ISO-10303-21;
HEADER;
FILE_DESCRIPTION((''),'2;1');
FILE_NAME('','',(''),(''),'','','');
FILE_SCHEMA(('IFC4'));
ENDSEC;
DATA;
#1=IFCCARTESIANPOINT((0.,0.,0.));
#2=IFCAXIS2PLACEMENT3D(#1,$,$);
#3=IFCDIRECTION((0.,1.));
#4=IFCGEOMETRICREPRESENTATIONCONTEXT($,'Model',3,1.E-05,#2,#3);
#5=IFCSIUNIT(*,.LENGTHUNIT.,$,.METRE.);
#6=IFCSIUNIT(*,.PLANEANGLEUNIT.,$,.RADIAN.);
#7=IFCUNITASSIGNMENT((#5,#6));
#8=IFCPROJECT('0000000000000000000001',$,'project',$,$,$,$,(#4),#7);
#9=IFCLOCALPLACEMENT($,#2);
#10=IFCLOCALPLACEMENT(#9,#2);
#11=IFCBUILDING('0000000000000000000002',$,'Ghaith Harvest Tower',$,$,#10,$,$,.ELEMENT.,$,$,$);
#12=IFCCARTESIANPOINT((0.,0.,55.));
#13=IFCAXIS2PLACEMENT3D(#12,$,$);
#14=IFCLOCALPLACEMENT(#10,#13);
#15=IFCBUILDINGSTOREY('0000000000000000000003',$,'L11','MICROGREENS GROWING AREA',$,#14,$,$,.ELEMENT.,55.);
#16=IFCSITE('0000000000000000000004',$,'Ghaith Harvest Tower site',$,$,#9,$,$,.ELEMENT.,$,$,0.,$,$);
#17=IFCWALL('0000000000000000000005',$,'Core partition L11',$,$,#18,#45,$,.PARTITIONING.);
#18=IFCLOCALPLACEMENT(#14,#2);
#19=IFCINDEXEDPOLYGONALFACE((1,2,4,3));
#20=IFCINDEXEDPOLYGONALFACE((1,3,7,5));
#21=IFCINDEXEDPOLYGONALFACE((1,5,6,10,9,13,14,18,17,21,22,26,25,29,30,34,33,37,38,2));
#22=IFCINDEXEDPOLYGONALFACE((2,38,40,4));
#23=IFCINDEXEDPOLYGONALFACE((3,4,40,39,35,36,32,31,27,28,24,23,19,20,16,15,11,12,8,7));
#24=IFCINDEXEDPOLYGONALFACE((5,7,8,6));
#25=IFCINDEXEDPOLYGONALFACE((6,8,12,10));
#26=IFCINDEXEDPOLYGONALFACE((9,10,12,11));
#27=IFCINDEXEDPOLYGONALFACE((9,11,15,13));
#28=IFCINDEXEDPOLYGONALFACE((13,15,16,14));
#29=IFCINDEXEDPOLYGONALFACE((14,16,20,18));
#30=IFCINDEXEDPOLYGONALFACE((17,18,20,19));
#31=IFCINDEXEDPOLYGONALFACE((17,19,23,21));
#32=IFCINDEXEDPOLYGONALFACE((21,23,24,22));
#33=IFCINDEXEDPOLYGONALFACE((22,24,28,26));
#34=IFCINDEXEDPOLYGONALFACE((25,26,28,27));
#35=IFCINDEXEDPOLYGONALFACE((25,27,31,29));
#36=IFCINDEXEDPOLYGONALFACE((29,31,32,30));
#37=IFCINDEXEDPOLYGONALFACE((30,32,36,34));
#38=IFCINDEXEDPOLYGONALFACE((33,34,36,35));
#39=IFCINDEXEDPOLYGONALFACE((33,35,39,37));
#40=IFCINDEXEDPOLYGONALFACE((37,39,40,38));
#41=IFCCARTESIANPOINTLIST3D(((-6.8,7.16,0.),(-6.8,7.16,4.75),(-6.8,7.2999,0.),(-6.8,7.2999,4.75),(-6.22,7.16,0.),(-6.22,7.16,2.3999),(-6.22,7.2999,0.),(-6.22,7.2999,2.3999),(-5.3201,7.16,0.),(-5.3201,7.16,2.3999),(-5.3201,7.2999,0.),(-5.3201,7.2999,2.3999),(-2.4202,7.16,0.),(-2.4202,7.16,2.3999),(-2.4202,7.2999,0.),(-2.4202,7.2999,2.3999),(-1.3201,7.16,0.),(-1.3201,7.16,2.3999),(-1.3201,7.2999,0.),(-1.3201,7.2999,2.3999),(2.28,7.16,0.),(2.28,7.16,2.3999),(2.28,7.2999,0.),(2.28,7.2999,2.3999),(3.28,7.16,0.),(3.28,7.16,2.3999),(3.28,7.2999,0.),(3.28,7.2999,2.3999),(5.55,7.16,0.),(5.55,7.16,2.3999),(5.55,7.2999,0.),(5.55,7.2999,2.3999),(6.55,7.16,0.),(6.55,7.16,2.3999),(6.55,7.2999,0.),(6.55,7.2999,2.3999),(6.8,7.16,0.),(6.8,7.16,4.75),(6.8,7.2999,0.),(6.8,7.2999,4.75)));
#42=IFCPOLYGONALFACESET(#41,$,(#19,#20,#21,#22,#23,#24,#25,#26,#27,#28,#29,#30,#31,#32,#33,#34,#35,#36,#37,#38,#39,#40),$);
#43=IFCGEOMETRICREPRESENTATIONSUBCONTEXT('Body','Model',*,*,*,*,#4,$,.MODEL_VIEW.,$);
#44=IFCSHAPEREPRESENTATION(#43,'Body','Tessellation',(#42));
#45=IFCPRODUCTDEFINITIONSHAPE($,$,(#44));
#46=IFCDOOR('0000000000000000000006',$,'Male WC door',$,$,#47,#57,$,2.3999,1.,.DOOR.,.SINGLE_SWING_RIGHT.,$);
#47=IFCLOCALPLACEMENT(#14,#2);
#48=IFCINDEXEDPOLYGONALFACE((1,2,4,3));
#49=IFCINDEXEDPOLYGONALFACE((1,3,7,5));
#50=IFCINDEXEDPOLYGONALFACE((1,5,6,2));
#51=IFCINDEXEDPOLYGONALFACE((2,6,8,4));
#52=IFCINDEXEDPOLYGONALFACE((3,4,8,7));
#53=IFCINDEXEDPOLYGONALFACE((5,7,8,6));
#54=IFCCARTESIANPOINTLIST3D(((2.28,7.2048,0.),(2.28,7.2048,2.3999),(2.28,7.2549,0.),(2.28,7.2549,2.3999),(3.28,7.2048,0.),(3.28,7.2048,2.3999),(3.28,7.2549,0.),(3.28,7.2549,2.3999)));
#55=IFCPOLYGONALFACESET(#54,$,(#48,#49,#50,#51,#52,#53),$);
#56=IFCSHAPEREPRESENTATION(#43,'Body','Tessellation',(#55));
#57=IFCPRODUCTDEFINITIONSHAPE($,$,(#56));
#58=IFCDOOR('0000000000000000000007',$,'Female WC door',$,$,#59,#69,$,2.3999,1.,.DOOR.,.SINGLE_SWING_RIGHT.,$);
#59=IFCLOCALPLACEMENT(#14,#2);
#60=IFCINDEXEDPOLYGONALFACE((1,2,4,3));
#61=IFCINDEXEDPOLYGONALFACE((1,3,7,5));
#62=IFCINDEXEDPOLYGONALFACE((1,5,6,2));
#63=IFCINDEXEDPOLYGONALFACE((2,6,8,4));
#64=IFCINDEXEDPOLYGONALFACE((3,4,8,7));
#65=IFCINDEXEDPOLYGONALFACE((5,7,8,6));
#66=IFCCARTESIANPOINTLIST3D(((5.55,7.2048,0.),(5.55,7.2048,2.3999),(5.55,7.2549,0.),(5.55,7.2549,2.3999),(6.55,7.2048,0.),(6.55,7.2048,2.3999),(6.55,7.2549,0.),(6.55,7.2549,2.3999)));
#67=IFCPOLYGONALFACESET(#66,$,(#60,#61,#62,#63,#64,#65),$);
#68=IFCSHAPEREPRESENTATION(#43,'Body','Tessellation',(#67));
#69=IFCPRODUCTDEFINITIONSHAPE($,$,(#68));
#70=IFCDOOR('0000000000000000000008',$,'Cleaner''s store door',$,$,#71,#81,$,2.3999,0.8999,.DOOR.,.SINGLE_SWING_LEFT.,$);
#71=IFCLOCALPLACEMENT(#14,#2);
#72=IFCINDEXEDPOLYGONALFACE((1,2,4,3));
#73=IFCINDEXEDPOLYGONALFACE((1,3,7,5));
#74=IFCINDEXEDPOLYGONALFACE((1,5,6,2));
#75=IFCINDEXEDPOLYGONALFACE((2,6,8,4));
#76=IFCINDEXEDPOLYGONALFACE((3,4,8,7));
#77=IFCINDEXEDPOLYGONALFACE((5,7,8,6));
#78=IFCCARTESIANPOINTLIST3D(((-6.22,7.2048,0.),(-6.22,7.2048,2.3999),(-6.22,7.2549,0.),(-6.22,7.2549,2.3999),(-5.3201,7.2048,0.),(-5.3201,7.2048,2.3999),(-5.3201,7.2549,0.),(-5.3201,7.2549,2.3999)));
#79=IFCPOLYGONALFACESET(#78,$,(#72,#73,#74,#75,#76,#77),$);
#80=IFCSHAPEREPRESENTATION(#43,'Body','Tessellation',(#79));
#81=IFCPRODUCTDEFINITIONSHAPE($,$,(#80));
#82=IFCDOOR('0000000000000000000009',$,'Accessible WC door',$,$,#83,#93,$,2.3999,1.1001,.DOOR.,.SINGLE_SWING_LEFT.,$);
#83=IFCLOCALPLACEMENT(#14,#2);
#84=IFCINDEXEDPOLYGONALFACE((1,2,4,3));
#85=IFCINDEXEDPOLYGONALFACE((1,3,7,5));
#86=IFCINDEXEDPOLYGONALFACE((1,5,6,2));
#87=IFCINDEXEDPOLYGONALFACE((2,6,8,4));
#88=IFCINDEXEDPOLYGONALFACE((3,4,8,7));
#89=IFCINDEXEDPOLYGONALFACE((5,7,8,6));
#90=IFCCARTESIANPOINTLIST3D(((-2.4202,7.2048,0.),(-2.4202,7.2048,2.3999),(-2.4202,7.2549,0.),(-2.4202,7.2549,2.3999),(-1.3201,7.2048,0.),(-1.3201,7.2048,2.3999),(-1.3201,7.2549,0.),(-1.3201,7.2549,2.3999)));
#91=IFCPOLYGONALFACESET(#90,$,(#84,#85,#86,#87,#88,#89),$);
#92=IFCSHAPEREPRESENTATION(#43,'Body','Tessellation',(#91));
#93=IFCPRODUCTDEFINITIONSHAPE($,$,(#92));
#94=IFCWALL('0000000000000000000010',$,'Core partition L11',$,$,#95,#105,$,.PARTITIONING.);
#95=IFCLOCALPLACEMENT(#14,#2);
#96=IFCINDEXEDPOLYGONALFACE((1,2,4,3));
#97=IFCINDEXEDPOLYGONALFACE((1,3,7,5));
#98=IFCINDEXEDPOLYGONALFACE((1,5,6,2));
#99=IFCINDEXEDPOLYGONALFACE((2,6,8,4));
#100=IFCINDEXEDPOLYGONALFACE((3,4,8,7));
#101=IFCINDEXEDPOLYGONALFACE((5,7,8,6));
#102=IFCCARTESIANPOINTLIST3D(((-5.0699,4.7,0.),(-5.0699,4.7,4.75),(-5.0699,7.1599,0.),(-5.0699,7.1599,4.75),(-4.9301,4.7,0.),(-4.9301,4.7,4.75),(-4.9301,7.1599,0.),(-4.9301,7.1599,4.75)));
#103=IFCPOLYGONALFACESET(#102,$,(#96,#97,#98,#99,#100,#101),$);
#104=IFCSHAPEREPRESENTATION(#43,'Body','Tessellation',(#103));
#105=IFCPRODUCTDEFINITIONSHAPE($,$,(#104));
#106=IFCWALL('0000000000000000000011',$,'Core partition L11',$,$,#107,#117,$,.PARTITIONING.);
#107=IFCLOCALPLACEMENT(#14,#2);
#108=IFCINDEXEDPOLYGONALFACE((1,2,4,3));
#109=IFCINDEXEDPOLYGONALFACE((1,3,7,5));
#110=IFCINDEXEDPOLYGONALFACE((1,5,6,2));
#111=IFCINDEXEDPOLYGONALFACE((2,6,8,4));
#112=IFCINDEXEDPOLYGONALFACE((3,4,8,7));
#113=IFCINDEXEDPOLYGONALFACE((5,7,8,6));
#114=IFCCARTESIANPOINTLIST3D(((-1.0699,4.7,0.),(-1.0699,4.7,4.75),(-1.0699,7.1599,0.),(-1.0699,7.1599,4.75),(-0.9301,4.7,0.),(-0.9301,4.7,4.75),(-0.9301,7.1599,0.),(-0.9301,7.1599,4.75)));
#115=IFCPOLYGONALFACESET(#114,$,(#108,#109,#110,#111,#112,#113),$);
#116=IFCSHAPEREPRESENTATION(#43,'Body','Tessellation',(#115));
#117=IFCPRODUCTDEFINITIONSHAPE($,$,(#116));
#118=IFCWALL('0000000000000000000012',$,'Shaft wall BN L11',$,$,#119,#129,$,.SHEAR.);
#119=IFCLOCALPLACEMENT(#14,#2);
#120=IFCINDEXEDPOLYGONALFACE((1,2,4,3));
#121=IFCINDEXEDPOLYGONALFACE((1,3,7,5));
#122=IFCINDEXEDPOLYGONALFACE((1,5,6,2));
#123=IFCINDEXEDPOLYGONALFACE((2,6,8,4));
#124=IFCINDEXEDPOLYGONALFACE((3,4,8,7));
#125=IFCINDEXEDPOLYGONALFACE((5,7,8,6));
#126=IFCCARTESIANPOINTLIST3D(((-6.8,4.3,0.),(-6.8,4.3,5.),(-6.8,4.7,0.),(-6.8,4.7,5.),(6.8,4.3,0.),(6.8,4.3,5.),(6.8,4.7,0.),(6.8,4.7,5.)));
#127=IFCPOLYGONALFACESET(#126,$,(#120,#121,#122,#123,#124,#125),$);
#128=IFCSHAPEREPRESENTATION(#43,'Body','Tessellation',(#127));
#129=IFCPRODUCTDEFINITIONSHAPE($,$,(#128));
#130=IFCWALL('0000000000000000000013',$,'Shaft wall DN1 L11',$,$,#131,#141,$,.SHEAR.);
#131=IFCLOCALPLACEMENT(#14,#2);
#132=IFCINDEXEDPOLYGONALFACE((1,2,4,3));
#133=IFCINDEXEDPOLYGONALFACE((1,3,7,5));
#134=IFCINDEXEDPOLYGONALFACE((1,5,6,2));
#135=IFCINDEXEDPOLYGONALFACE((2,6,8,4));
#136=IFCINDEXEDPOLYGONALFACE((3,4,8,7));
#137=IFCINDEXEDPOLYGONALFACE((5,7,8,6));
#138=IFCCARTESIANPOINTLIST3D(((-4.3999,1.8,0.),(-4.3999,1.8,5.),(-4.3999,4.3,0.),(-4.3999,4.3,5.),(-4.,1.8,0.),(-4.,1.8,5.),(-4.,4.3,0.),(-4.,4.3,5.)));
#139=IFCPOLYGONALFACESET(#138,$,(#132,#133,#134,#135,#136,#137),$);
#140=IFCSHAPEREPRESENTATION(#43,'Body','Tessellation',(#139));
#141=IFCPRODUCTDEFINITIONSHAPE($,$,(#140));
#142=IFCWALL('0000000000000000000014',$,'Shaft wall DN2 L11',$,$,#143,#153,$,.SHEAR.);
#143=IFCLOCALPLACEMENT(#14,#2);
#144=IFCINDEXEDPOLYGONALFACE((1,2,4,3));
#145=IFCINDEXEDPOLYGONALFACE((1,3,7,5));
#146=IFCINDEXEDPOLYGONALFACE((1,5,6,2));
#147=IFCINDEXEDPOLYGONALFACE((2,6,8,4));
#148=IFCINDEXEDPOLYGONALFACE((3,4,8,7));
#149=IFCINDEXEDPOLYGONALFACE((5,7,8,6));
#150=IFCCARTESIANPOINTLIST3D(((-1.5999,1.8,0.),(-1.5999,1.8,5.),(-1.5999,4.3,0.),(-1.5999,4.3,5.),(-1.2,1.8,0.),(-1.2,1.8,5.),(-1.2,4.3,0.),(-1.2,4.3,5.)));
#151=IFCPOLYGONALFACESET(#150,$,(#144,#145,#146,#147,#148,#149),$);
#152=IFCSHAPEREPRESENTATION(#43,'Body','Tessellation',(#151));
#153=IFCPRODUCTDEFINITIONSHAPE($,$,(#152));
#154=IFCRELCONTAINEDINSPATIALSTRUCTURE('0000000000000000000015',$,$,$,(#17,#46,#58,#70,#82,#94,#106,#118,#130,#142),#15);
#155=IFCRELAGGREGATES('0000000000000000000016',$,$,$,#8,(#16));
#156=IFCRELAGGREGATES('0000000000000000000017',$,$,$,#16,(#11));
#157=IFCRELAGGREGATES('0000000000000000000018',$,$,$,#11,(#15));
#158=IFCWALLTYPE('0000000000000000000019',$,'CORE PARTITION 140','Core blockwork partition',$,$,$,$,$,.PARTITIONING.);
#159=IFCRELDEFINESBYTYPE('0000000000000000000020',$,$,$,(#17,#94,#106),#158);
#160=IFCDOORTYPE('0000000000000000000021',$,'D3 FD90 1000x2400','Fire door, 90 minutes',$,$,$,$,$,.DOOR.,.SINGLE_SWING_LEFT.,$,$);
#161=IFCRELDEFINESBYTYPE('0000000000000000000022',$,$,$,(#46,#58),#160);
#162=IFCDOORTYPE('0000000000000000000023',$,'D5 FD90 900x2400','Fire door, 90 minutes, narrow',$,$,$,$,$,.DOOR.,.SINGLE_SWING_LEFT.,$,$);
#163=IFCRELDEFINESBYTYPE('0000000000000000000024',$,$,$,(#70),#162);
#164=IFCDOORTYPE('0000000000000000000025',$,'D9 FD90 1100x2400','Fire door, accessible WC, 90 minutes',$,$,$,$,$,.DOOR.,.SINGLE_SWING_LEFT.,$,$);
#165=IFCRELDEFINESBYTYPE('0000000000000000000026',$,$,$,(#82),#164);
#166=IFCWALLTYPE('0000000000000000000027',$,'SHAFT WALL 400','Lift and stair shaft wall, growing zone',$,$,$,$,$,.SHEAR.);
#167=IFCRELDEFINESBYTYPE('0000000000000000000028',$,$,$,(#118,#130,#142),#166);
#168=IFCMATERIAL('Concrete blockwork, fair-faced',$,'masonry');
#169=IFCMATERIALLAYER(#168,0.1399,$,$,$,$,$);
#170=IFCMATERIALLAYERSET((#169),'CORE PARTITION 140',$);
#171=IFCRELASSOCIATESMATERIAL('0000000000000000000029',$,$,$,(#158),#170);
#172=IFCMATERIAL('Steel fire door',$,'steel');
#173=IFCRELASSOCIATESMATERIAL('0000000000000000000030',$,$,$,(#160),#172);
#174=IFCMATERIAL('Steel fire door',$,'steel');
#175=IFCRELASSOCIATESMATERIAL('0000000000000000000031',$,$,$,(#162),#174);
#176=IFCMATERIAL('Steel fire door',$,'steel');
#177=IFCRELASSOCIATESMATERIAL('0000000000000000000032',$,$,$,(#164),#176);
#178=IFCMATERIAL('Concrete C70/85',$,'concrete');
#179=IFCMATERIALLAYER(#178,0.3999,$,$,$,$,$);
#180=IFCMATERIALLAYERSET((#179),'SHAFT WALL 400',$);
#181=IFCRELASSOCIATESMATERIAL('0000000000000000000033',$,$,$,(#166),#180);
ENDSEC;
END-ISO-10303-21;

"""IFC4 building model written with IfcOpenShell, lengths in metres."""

from ifc_helpers import new_model, si_unit, direction, frame, frame_2d, origin, place, context, subcontext, project, spatial, rectangle, extrude, material, layer, layer_set, type_object, element, fill, save


model = new_model("IFC4")

# Units and contexts
model_context = context("Model", 3, precision=1e-05, world=origin(), true_north=direction((0.0, 1.0)))
body_context = subcontext(model_context, "Body", "Model", "MODEL_VIEW")
ifc_project = project(units=[si_unit("LENGTHUNIT", "METRE"), si_unit("PLANEANGLEUNIT", "RADIAN")], contexts=[model_context])

# Site, building, storey
site_placement = place(None, origin())
site = spatial("IfcSite", under=ifc_project, at=site_placement, Name="Ghaith Harvest Tower site", CompositionType="ELEMENT", RefElevation=0.0)
building_placement = place(site_placement, origin())
building = spatial("IfcBuilding", under=site, at=building_placement, Name="Ghaith Harvest Tower", CompositionType="ELEMENT")
storey_placement = place(building_placement, frame((0.0, 0.0, 55.0)))
storey = spatial("IfcBuildingStorey", under=building, at=storey_placement, Name="L11", Description="MICROGREENS GROWING AREA", CompositionType="ELEMENT", Elevation=55.0)

# Wall, openings, doors
ifc_material_1 = material(Name="Concrete blockwork, fair-faced", Category="masonry")
ifc_layer_1 = layer(ifc_material_1, 0.1399)
ifc_layer_set_1 = layer_set([ifc_layer_1], Name="CORE PARTITION 140")
wall_type_1 = type_object("IfcWallType", Name="CORE PARTITION 140", Description="Core blockwork partition", PredefinedType="PARTITIONING", material=ifc_layer_set_1)
wall_1_placement = place(storey_placement, frame((-6.8, 7.23, 0.0), z_axis=(0.0, 0.0, 1.0), x_axis=(1.0, 0.0, 0.0)))
wall_1 = element("IfcWall", 1, at=wall_1_placement, inside=storey, type_object=wall_type_1, Name="Core partition L11", PredefinedType="PARTITIONING", context=body_context, shape_type="SweptSolid", body=[
    extrude(rectangle(XDim=13.6001, YDim=0.1399, at=frame_2d((6.8, 0.0))), origin(), (0.0, 0.0, 1.0), 4.75),
])
opening_1_placement = place(wall_1_placement, frame((0.5801, 0.0, 0.0)))
opening_1 = element("IfcOpeningElement", 2, at=opening_1_placement, cuts=wall_1, PredefinedType="OPENING", context=body_context, shape_type="SweptSolid", body=[
    extrude(rectangle(XDim=0.8999, YDim=2.3999, at=frame_2d((0.45, 1.2))), frame((0.0, 0.0801, 0.0), z_axis=(0.0, -1.0, 0.0), x_axis=(1.0, 0.0, 0.0)), (0.0, 0.0, 1.0), 0.1599),
])
opening_2_placement = place(wall_1_placement, frame((4.3799, 0.0, 0.0)))
opening_2 = element("IfcOpeningElement", 3, at=opening_2_placement, cuts=wall_1, PredefinedType="OPENING", context=body_context, shape_type="SweptSolid", body=[
    extrude(rectangle(XDim=1.1001, YDim=2.3999, at=frame_2d((0.55, 1.2))), frame((0.0, 0.0801, 0.0), z_axis=(0.0, -1.0, 0.0), x_axis=(1.0, 0.0, 0.0)), (0.0, 0.0, 1.0), 0.1599),
])
opening_3_placement = place(wall_1_placement, frame((9.0801, 0.0, 0.0)))
opening_3 = element("IfcOpeningElement", 4, at=opening_3_placement, cuts=wall_1, PredefinedType="OPENING", context=body_context, shape_type="SweptSolid", body=[
    extrude(rectangle(XDim=1.0, YDim=2.3999, at=frame_2d((0.5, 1.2))), frame((0.0, 0.0801, 0.0), z_axis=(0.0, -1.0, 0.0), x_axis=(1.0, 0.0, 0.0)), (0.0, 0.0, 1.0), 0.1599),
])
opening_4_placement = place(wall_1_placement, frame((12.3501, 0.0, 0.0)))
opening_4 = element("IfcOpeningElement", 5, at=opening_4_placement, cuts=wall_1, PredefinedType="OPENING", context=body_context, shape_type="SweptSolid", body=[
    extrude(rectangle(XDim=1.0, YDim=2.3999, at=frame_2d((0.5, 1.2))), frame((0.0, 0.0801, 0.0), z_axis=(0.0, -1.0, 0.0), x_axis=(1.0, 0.0, 0.0)), (0.0, 0.0, 1.0), 0.1599),
])
ifc_material_2 = material(Name="Steel fire door", Category="steel")
door_type_1 = type_object("IfcDoorType", Name="D3 FD90 1000x2400", Description="Fire door, 90 minutes", OperationType="SINGLE_SWING_LEFT", PredefinedType="DOOR", material=ifc_material_2)
door_1_placement = place(opening_3_placement, origin())
door_1 = element("IfcDoor", 6, at=door_1_placement, inside=storey, type_object=door_type_1, Name="Male WC door", OperationType="SINGLE_SWING_RIGHT", OverallHeight=2.3999, OverallWidth=1.0, PredefinedType="DOOR", context=body_context, shape_type="SweptSolid", body=[
    extrude(rectangle(XDim=1.0, YDim=2.3999, at=frame_2d((0.5, 1.2))), frame((0.0, 0.0249, 0.0), z_axis=(0.0, -1.0, 0.0), x_axis=(1.0, 0.0, 0.0)), (0.0, 0.0, 1.0), 0.05),
])
fill(opening_3, door_1)
door_2_placement = place(opening_4_placement, origin())
door_2 = element("IfcDoor", 7, at=door_2_placement, inside=storey, type_object=door_type_1, Name="Female WC door", OperationType="SINGLE_SWING_RIGHT", OverallHeight=2.3999, OverallWidth=1.0, PredefinedType="DOOR", context=body_context, shape_type="SweptSolid", body=[
    extrude(rectangle(XDim=1.0, YDim=2.3999, at=frame_2d((0.5, 1.2))), frame((0.0, 0.0249, 0.0), z_axis=(0.0, -1.0, 0.0), x_axis=(1.0, 0.0, 0.0)), (0.0, 0.0, 1.0), 0.05),
])
fill(opening_4, door_2)
ifc_material_3 = material(Name="Steel fire door", Category="steel")
door_type_2 = type_object("IfcDoorType", Name="D5 FD90 900x2400", Description="Fire door, 90 minutes, narrow", OperationType="SINGLE_SWING_LEFT", PredefinedType="DOOR", material=ifc_material_3)
door_3_placement = place(opening_1_placement, origin())
door_3 = element("IfcDoor", 8, at=door_3_placement, inside=storey, type_object=door_type_2, Name="Cleaner's store door", OperationType="SINGLE_SWING_LEFT", OverallHeight=2.3999, OverallWidth=0.8999, PredefinedType="DOOR", context=body_context, shape_type="SweptSolid", body=[
    extrude(rectangle(XDim=0.8999, YDim=2.3999, at=frame_2d((0.45, 1.2))), frame((0.0, 0.0249, 0.0), z_axis=(0.0, -1.0, 0.0), x_axis=(1.0, 0.0, 0.0)), (0.0, 0.0, 1.0), 0.05),
])
fill(opening_1, door_3)
ifc_material_4 = material(Name="Steel fire door", Category="steel")
door_type_3 = type_object("IfcDoorType", Name="D9 FD90 1100x2400", Description="Fire door, accessible WC, 90 minutes", OperationType="SINGLE_SWING_LEFT", PredefinedType="DOOR", material=ifc_material_4)
door_4_placement = place(opening_2_placement, origin())
door_4 = element("IfcDoor", 9, at=door_4_placement, inside=storey, type_object=door_type_3, Name="Accessible WC door", OperationType="SINGLE_SWING_LEFT", OverallHeight=2.3999, OverallWidth=1.1001, PredefinedType="DOOR", context=body_context, shape_type="SweptSolid", body=[
    extrude(rectangle(XDim=1.1001, YDim=2.3999, at=frame_2d((0.55, 1.2))), frame((0.0, 0.0249, 0.0), z_axis=(0.0, -1.0, 0.0), x_axis=(1.0, 0.0, 0.0)), (0.0, 0.0, 1.0), 0.05),
])
fill(opening_2, door_4)

# Walls
for number, where, z_axis, x_axis, name in (
    (10, (-5.0, 4.7, 0.0), (0.0, 0.0, 1.0), (0.0, 1.0, 0.0), "Core partition L11"),
    (11, (-1.0, 4.7, 0.0), (0.0, 0.0, 1.0), (0.0, 1.0, 0.0), "Core partition L11"),
):
    element("IfcWall", number, at=place(storey_placement, frame(where, z_axis=z_axis, x_axis=x_axis)), inside=storey, type_object=wall_type_1, Name=name, PredefinedType="PARTITIONING", context=body_context, shape_type="SweptSolid", body=[
        extrude(rectangle(XDim=2.46, YDim=0.1399, at=frame_2d((1.23, 0.0))), origin(), (0.0, 0.0, 1.0), 4.75),
    ])
ifc_material_5 = material(Name="Concrete C70/85", Category="concrete")
ifc_layer_2 = layer(ifc_material_5, 0.3999)
ifc_layer_set_2 = layer_set([ifc_layer_2], Name="SHAFT WALL 400")
wall_type_2 = type_object("IfcWallType", Name="SHAFT WALL 400", Description="Lift and stair shaft wall, growing zone", PredefinedType="SHEAR", material=ifc_layer_set_2)
wall_2_placement = place(storey_placement, frame((-6.8, 4.5, 0.0), z_axis=(0.0, 0.0, 1.0), x_axis=(1.0, 0.0, 0.0)))
element("IfcWall", 12, at=wall_2_placement, inside=storey, type_object=wall_type_2, Name="Shaft wall BN L11", PredefinedType="SHEAR", context=body_context, shape_type="SweptSolid", body=[
    extrude(rectangle(XDim=13.6001, YDim=0.3999, at=frame_2d((6.8, 0.0))), origin(), (0.0, 0.0, 1.0), 5.0),
])
for number, where, z_axis, x_axis, name in (
    (13, (-4.2, 1.8, 0.0), (0.0, 0.0, 1.0), (0.0, 1.0, 0.0), "Shaft wall DN1 L11"),
    (14, (-1.3999, 1.8, 0.0), (0.0, 0.0, 1.0), (0.0, 1.0, 0.0), "Shaft wall DN2 L11"),
):
    element("IfcWall", number, at=place(storey_placement, frame(where, z_axis=z_axis, x_axis=x_axis)), inside=storey, type_object=wall_type_2, Name=name, PredefinedType="SHEAR", context=body_context, shape_type="SweptSolid", body=[
        extrude(rectangle(XDim=2.5, YDim=0.3999, at=frame_2d((1.25, 0.0))), origin(), (0.0, 0.0, 1.0), 5.0),
    ])

save(model, "model.ifc")
